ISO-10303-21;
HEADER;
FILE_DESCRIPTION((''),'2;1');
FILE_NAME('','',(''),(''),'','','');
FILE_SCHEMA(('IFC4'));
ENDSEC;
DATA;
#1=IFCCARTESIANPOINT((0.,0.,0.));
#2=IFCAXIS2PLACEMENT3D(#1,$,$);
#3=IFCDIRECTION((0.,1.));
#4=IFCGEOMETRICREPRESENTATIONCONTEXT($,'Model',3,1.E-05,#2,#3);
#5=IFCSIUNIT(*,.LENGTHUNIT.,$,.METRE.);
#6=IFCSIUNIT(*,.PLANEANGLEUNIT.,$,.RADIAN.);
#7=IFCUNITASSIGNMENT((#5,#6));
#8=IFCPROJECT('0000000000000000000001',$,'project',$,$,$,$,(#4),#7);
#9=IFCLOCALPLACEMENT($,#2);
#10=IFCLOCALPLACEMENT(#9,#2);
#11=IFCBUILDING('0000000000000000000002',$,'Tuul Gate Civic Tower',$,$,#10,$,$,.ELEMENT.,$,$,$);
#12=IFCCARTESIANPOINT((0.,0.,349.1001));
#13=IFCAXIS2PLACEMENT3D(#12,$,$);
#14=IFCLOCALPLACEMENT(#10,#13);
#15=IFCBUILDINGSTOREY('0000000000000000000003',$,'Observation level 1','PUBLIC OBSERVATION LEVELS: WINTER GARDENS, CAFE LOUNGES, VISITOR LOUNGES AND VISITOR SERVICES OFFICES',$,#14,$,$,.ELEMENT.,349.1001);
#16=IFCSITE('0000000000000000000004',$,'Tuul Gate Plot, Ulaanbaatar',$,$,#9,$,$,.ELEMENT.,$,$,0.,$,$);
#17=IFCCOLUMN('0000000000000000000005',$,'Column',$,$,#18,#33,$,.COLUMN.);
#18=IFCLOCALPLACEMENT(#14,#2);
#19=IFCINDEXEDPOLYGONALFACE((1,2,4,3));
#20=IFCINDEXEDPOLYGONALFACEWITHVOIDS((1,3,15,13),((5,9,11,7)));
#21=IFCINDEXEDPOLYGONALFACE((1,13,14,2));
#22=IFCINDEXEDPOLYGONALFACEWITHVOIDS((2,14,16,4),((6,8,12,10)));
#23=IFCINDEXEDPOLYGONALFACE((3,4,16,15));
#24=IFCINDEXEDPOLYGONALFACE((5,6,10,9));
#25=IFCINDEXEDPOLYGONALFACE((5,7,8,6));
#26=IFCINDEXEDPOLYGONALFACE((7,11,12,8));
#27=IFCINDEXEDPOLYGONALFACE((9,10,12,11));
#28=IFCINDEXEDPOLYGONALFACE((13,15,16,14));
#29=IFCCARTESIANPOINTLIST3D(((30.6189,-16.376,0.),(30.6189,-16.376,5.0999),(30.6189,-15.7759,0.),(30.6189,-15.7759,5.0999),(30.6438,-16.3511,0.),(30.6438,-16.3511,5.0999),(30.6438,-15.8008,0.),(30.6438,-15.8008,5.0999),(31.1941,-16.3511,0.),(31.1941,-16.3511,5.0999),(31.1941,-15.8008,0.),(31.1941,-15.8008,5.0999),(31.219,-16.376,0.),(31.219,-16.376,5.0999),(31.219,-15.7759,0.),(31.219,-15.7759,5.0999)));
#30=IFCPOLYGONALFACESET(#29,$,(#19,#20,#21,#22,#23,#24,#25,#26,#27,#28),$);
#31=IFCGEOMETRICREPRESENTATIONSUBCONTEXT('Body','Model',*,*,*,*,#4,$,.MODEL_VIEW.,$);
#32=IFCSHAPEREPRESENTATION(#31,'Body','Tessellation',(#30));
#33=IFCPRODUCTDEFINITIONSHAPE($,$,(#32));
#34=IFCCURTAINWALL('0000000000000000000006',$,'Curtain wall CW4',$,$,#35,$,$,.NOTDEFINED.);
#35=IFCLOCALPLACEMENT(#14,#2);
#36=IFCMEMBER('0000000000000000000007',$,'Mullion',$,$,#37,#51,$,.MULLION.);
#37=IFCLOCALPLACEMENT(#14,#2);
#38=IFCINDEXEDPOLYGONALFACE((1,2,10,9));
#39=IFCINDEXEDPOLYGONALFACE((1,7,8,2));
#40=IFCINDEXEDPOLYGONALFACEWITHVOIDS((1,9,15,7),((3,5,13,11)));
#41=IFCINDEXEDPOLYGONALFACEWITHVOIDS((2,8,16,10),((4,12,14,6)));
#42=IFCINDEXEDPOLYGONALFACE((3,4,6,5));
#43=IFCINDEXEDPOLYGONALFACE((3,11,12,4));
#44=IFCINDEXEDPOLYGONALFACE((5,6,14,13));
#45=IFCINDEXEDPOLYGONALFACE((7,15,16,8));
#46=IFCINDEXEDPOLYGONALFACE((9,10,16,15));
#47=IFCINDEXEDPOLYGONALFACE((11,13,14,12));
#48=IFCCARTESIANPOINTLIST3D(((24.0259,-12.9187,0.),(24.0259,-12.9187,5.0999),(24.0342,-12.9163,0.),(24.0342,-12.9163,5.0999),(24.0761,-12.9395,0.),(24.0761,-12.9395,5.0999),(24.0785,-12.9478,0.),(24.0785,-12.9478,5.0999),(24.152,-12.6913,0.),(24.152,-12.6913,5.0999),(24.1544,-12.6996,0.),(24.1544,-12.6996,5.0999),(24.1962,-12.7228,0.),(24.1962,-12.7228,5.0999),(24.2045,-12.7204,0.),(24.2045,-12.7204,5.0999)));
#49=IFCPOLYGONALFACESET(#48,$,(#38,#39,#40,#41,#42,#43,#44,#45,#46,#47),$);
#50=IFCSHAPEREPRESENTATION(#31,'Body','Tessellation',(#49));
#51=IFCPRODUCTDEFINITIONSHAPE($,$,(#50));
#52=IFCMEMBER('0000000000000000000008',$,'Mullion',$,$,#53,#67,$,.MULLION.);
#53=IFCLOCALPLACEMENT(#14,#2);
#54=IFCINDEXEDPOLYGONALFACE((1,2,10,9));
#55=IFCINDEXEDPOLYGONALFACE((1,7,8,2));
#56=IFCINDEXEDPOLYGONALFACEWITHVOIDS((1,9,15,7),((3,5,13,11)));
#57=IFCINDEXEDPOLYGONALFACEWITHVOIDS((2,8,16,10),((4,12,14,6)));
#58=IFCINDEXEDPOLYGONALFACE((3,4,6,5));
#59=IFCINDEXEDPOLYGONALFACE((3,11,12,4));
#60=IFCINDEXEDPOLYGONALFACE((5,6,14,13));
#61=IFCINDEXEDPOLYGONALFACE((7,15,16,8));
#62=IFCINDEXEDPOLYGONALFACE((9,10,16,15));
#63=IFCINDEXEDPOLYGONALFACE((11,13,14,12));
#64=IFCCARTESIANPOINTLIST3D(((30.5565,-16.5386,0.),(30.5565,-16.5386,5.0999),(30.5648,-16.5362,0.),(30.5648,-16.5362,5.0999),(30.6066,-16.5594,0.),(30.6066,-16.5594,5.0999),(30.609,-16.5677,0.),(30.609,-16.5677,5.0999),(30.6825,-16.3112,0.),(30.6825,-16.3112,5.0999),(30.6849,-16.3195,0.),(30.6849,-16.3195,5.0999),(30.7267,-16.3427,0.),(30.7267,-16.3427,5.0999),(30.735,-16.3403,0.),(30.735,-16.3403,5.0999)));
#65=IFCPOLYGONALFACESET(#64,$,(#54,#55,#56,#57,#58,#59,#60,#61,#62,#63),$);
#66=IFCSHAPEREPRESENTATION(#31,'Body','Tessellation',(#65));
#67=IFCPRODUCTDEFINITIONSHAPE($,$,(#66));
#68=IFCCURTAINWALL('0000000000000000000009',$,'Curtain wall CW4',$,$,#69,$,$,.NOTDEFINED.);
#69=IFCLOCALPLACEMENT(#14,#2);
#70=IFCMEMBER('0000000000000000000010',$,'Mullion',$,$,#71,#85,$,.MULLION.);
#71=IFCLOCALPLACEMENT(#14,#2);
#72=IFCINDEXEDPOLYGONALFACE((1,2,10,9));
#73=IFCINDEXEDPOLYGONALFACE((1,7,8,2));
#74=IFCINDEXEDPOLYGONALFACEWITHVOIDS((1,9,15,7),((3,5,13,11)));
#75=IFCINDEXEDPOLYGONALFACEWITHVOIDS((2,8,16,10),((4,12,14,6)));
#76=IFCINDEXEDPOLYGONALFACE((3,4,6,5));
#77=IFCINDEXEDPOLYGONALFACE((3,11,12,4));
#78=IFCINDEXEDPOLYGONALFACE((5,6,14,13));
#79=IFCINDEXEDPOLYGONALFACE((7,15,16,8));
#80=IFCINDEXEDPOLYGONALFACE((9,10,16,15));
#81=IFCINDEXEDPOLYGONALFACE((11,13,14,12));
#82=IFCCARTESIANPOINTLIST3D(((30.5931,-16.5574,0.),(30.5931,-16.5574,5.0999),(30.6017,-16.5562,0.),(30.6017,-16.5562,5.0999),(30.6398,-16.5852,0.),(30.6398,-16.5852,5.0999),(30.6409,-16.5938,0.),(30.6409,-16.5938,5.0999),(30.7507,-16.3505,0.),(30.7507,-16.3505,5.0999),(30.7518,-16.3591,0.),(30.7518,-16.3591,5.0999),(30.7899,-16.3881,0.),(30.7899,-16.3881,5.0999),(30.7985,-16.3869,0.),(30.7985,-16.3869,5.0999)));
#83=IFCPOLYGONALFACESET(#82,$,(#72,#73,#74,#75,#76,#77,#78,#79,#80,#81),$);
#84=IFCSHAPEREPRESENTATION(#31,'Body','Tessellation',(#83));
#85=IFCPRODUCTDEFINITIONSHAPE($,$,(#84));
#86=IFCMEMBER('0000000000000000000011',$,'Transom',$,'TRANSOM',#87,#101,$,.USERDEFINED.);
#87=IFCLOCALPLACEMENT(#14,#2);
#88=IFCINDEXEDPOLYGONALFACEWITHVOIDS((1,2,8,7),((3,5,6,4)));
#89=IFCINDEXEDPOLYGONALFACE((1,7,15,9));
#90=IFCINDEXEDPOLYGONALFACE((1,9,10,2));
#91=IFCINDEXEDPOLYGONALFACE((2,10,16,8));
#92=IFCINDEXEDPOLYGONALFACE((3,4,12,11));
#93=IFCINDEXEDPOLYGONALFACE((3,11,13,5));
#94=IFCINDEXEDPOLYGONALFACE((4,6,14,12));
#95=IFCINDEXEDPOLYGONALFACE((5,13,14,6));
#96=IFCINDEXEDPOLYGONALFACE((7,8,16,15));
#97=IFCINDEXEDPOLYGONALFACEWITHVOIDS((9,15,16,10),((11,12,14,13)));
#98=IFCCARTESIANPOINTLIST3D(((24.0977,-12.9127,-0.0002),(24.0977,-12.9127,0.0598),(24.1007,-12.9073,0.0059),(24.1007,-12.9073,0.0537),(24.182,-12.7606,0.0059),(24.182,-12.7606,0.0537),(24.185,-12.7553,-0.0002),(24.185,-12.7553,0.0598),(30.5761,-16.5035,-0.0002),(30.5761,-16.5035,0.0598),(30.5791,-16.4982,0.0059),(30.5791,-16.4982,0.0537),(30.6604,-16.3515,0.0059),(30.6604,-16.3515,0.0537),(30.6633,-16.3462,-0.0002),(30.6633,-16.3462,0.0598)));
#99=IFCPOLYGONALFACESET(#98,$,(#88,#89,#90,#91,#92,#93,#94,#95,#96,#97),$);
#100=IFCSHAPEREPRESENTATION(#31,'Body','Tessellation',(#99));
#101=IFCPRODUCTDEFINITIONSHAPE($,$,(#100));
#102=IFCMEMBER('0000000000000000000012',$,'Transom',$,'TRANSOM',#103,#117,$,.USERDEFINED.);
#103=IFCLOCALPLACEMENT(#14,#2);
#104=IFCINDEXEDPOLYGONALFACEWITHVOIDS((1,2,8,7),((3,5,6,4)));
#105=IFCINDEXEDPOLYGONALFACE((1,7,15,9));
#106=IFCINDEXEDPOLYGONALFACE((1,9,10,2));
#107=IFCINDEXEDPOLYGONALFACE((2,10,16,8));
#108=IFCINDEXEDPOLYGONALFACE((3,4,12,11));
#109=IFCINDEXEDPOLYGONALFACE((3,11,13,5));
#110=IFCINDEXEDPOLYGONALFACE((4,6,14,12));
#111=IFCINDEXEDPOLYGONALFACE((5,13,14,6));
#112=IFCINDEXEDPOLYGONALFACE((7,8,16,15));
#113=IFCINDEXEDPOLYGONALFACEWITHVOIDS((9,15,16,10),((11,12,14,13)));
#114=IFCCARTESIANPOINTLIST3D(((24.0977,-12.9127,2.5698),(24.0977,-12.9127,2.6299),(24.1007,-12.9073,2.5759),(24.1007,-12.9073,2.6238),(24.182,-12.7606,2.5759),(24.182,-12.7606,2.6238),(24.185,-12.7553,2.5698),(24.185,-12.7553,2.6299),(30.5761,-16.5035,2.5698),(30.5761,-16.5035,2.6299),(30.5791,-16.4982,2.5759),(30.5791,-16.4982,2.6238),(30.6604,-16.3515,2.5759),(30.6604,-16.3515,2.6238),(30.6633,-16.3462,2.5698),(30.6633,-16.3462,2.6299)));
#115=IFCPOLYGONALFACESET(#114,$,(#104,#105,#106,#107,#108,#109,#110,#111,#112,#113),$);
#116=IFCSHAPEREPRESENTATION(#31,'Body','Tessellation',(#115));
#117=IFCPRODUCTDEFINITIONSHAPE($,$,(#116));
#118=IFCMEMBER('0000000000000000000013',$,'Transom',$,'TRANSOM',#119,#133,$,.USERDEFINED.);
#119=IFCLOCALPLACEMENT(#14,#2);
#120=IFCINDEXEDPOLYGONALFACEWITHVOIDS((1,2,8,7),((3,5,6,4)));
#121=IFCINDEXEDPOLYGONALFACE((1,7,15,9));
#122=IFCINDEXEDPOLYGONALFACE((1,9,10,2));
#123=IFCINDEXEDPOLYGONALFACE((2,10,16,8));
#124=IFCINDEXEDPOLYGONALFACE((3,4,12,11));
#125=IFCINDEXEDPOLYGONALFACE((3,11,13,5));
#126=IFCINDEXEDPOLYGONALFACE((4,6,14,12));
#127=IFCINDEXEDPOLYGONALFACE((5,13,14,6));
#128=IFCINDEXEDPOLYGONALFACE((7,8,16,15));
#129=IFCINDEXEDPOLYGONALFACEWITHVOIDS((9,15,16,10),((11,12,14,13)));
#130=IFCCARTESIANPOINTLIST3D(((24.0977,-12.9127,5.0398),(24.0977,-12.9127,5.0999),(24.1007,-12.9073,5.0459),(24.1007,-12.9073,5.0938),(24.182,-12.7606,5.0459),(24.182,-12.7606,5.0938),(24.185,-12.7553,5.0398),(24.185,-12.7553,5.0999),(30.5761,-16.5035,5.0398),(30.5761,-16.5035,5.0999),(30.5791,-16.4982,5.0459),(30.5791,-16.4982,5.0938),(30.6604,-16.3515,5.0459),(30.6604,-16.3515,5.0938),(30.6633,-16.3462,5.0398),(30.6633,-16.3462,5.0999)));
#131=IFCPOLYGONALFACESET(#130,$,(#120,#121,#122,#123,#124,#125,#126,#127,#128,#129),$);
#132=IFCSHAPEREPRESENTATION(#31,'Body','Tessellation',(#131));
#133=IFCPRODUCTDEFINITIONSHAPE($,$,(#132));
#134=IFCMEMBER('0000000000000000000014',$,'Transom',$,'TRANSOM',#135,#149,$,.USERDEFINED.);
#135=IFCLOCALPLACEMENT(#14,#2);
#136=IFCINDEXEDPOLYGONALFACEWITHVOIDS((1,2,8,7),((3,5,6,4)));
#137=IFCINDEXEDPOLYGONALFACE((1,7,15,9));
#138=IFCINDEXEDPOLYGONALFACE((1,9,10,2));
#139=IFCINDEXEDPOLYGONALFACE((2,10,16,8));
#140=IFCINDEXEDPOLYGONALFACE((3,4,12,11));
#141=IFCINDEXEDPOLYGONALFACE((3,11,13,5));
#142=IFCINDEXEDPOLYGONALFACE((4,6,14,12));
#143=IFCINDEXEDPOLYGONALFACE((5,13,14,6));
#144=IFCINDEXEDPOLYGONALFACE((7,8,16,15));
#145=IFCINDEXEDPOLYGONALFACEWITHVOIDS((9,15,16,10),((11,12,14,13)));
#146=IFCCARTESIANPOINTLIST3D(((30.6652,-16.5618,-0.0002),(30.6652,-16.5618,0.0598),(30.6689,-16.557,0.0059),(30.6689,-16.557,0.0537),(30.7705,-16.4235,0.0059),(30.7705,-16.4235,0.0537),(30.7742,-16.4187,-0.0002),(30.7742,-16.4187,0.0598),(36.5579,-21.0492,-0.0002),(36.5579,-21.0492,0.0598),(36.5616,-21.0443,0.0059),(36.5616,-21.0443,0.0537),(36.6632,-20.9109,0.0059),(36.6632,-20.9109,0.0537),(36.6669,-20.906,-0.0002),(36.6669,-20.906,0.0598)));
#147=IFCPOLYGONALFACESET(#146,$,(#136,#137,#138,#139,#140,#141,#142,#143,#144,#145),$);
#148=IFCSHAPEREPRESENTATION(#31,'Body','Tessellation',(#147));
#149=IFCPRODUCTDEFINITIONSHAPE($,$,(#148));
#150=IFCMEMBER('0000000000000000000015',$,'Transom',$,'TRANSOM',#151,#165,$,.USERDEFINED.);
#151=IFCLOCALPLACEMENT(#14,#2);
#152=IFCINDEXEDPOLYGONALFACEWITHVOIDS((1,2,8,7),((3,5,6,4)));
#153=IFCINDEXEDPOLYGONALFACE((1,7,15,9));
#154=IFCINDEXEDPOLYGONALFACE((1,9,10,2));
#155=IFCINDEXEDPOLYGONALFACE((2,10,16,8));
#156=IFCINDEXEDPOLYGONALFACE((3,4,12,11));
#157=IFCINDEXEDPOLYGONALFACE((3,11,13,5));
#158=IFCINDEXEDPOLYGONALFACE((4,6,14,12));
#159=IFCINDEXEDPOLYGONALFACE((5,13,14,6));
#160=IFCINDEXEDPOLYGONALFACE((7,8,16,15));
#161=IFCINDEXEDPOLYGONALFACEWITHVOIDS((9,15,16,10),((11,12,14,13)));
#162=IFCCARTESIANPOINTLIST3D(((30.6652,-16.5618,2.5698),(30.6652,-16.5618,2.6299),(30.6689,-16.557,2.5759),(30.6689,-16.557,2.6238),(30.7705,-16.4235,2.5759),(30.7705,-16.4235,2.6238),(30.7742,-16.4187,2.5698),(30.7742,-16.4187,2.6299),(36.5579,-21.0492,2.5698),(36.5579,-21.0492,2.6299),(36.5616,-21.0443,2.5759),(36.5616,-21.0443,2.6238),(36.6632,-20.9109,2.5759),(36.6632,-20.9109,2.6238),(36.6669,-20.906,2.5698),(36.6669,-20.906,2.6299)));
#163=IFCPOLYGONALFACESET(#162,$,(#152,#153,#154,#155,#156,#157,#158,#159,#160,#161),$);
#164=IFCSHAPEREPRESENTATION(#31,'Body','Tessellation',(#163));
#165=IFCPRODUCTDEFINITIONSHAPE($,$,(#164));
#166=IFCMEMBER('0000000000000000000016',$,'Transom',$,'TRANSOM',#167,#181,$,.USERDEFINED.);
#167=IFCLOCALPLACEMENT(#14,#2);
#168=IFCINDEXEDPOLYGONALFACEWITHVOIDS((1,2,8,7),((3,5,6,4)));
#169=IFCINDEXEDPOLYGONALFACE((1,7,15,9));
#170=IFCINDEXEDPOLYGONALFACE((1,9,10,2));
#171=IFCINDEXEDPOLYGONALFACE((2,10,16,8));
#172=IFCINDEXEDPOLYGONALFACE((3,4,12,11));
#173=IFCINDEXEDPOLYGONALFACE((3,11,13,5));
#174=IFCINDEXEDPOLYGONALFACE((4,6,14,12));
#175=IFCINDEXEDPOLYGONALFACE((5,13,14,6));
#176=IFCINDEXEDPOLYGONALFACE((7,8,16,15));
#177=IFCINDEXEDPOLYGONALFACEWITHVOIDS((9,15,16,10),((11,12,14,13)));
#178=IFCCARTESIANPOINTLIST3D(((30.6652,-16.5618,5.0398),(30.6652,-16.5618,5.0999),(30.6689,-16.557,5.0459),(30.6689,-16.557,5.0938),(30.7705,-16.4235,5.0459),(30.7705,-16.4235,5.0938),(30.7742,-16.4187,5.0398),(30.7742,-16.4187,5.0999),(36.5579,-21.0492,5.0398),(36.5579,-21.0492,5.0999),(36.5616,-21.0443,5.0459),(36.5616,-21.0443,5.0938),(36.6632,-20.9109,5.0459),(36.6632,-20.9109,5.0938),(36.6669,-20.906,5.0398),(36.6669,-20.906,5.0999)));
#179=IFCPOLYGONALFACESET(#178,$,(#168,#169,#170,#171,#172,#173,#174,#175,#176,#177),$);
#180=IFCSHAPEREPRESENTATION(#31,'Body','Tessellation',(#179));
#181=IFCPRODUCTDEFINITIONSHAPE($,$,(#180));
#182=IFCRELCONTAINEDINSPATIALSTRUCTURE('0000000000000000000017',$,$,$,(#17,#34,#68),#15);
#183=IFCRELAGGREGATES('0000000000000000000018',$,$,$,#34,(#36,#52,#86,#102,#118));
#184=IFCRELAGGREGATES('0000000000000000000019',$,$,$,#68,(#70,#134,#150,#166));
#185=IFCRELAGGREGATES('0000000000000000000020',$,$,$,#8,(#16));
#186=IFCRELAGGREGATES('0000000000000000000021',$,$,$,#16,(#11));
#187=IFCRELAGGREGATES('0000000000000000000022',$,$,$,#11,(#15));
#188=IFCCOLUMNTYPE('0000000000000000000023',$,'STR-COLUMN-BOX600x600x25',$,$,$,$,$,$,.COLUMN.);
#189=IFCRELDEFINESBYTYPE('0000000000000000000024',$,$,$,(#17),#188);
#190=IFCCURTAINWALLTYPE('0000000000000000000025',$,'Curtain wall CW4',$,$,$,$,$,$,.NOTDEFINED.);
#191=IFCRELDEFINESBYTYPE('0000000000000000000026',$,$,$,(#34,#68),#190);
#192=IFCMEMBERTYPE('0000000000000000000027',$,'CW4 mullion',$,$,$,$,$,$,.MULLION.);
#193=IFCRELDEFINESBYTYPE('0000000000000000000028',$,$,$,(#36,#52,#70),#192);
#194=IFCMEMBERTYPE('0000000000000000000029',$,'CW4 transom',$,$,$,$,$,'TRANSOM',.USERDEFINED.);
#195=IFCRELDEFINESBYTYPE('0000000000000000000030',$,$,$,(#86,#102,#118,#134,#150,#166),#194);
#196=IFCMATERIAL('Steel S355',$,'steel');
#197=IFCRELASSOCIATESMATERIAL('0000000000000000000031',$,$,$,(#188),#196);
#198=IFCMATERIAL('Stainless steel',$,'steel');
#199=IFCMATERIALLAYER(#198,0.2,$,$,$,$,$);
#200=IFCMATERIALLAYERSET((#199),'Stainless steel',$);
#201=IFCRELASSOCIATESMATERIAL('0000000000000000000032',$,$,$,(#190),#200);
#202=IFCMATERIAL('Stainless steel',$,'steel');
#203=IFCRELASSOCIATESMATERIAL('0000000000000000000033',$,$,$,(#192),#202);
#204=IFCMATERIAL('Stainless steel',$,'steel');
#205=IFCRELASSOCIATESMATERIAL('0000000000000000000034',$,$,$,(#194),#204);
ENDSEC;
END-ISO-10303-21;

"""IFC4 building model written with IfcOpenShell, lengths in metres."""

from ifc_helpers import new_model, si_unit, direction, frame, origin, origin_2d, place, context, subcontext, project, spatial, hollow_rectangle, extrude, material, layer, layer_set, material_profile, profile_set, type_object, element, aggregate, save


model = new_model("IFC4")

# Units and contexts
model_context = context("Model", 3, precision=1e-05, world=origin(), true_north=direction((0.0, 1.0)))
body_context = subcontext(model_context, "Body", "Model", "MODEL_VIEW")
ifc_project = project(units=[si_unit("LENGTHUNIT", "METRE"), si_unit("PLANEANGLEUNIT", "RADIAN")], contexts=[model_context])

# Site, building, storey
site_placement = place(None, origin())
site = spatial("IfcSite", under=ifc_project, at=site_placement, Name="Tuul Gate Plot, Ulaanbaatar", CompositionType="ELEMENT", RefElevation=0.0)
building_placement = place(site_placement, origin())
building = spatial("IfcBuilding", under=site, at=building_placement, Name="Tuul Gate Civic Tower", CompositionType="ELEMENT")
storey_placement = place(building_placement, frame((0.0, 0.0, 349.1001)))
storey = spatial("IfcBuildingStorey", under=building, at=storey_placement, Name="Observation level 1", Description="PUBLIC OBSERVATION LEVELS: WINTER GARDENS, CAFE LOUNGES, VISITOR LOUNGES AND VISITOR SERVICES OFFICES", CompositionType="ELEMENT", Elevation=349.1001)

# Column
ifc_material_1 = material(Name="Steel S355", Category="steel")
ifc_material_profile_1 = material_profile(ifc_material_1, hollow_rectangle(XDim=0.6001, YDim=0.6001, WallThickness=0.0249, at=origin_2d()), Name="BOX600x600x25")
ifc_profile_set_1 = profile_set([ifc_material_profile_1], Name="Steel S355")
column_type = type_object("IfcColumnType", Name="STR-COLUMN-BOX600x600x25", PredefinedType="COLUMN", material=ifc_profile_set_1)
column_placement = place(storey_placement, frame((30.9189, -16.0759, 0.0), z_axis=(0.0, 0.0, 1.0), x_axis=(1.0, 0.0, 0.0)))
element("IfcColumn", 1, at=column_placement, inside=storey, type_object=column_type, Name="Column", PredefinedType="COLUMN", context=body_context, shape_type="SweptSolid", body=[
    extrude(hollow_rectangle(XDim=0.6001, YDim=0.6001, WallThickness=0.0249, at=origin_2d()), origin(), (0.0, 0.0, 1.0), 5.0999),
])

# Curtain wall, members
ifc_material_2 = material(Name="Stainless steel", Category="steel")
ifc_layer_1 = layer(ifc_material_2, 0.2)
ifc_layer_set_1 = layer_set([ifc_layer_1], Name="Stainless steel")
curtain_wall_type = type_object("IfcCurtainWallType", Name="Curtain wall CW4", PredefinedType="NOTDEFINED", material=ifc_layer_set_1)
curtain_wall_1_placement = place(storey_placement, origin())
curtain_wall_1 = element("IfcCurtainWall", 2, at=curtain_wall_1_placement, inside=storey, type_object=curtain_wall_type, Name="Curtain wall CW4", PredefinedType="NOTDEFINED")
ifc_material_3 = material(Name="Stainless steel", Category="steel")
ifc_material_profile_2 = material_profile(ifc_material_3, hollow_rectangle(XDim=0.26, YDim=0.0601, WallThickness=0.0061, at=origin_2d()), Name="CW4 mullion")
ifc_profile_set_2 = profile_set([ifc_material_profile_2], Name="Stainless steel")
member_type_1 = type_object("IfcMemberType", Name="CW4 mullion", PredefinedType="MULLION", material=ifc_profile_set_2)
member_1_placement = place(storey_placement, frame((24.1152, -12.8196, 0.0), z_axis=(0.0, 0.0, 1.0), x_axis=(0.484808, 0.874621, 0.0)))
member_1 = element("IfcMember", 3, at=member_1_placement, type_object=member_type_1, Name="Mullion", PredefinedType="MULLION", context=body_context, shape_type="SweptSolid", body=[
    extrude(hollow_rectangle(XDim=0.26, YDim=0.0601, WallThickness=0.0061, at=origin_2d()), origin(), (0.0, 0.0, 1.0), 5.0999),
])
member_2_placement = place(storey_placement, frame((30.6458, -16.4395, 0.0), z_axis=(0.0, 0.0, 1.0), x_axis=(0.484808, 0.874621, 0.0)))
member_2 = element("IfcMember", 4, at=member_2_placement, type_object=member_type_1, Name="Mullion", PredefinedType="MULLION", context=body_context, shape_type="SweptSolid", body=[
    extrude(hollow_rectangle(XDim=0.26, YDim=0.0601, WallThickness=0.0061, at=origin_2d()), origin(), (0.0, 0.0, 1.0), 5.0999),
])

# Curtain wall, member
curtain_wall_2_placement = place(storey_placement, origin())
curtain_wall_2 = element("IfcCurtainWall", 5, at=curtain_wall_2_placement, inside=storey, type_object=curtain_wall_type, Name="Curtain wall CW4", PredefinedType="NOTDEFINED")
member_3_placement = place(storey_placement, frame((30.6958, -16.4722, 0.0), z_axis=(0.0, 0.0, 1.0), x_axis=(0.605851, 0.795578, 0.0)))
member_3 = element("IfcMember", 6, at=member_3_placement, type_object=member_type_1, Name="Mullion", PredefinedType="MULLION", context=body_context, shape_type="SweptSolid", body=[
    extrude(hollow_rectangle(XDim=0.26, YDim=0.0601, WallThickness=0.0061, at=origin_2d()), origin(), (0.0, 0.0, 1.0), 5.0999),
])

# Members
ifc_material_4 = material(Name="Stainless steel", Category="steel")
ifc_material_profile_3 = material_profile(ifc_material_4, hollow_rectangle(XDim=0.1799, YDim=0.0601, WallThickness=0.0061, at=origin_2d()), Name="CW4 transom")
ifc_profile_set_3 = profile_set([ifc_material_profile_3], Name="Stainless steel")
member_type_2 = type_object("IfcMemberType", Name="CW4 transom", ElementType="TRANSOM", PredefinedType="USERDEFINED", material=ifc_profile_set_3)
member_4_placement = place(storey_placement, frame((24.1414, -12.834, 0.0298), z_axis=(0.874628, -0.484795, 0.0), x_axis=(0.484795, 0.874628, 0.0)))
member_4 = element("IfcMember", 7, at=member_4_placement, type_object=member_type_2, Name="Transom", ObjectType="TRANSOM", PredefinedType="USERDEFINED", context=body_context, shape_type="SweptSolid", body=[
    extrude(hollow_rectangle(XDim=0.1799, YDim=0.0601, WallThickness=0.0061, at=origin_2d()), origin(), (0.0, 0.0, 1.0), 7.407),
])
member_5_placement = place(storey_placement, frame((24.1414, -12.834, 2.5999), z_axis=(0.874628, -0.484795, 0.0), x_axis=(0.484795, 0.874628, 0.0)))
member_5 = element("IfcMember", 8, at=member_5_placement, type_object=member_type_2, Name="Transom", ObjectType="TRANSOM", PredefinedType="USERDEFINED", context=body_context, shape_type="SweptSolid", body=[
    extrude(hollow_rectangle(XDim=0.1799, YDim=0.0601, WallThickness=0.0061, at=origin_2d()), origin(), (0.0, 0.0, 1.0), 7.407),
])
member_6_placement = place(storey_placement, frame((24.1414, -12.834, 5.0698), z_axis=(0.874628, -0.484795, 0.0), x_axis=(0.484795, 0.874628, 0.0)))
member_6 = element("IfcMember", 9, at=member_6_placement, type_object=member_type_2, Name="Transom", ObjectType="TRANSOM", PredefinedType="USERDEFINED", context=body_context, shape_type="SweptSolid", body=[
    extrude(hollow_rectangle(XDim=0.1799, YDim=0.0601, WallThickness=0.0061, at=origin_2d()), origin(), (0.0, 0.0, 1.0), 7.407),
])
member_7_placement = place(storey_placement, frame((30.7197, -16.4902, 0.0298), z_axis=(0.79558, -0.605849, 0.0), x_axis=(0.605849, 0.79558, 0.0)))
member_7 = element("IfcMember", 10, at=member_7_placement, type_object=member_type_2, Name="Transom", ObjectType="TRANSOM", PredefinedType="USERDEFINED", context=body_context, shape_type="SweptSolid", body=[
    extrude(hollow_rectangle(XDim=0.1799, YDim=0.0601, WallThickness=0.0061, at=origin_2d()), origin(), (0.0, 0.0, 1.0), 7.4067),
])
member_8_placement = place(storey_placement, frame((30.7197, -16.4902, 2.5999), z_axis=(0.79558, -0.605849, 0.0), x_axis=(0.605849, 0.79558, 0.0)))
member_8 = element("IfcMember", 11, at=member_8_placement, type_object=member_type_2, Name="Transom", ObjectType="TRANSOM", PredefinedType="USERDEFINED", context=body_context, shape_type="SweptSolid", body=[
    extrude(hollow_rectangle(XDim=0.1799, YDim=0.0601, WallThickness=0.0061, at=origin_2d()), origin(), (0.0, 0.0, 1.0), 7.4067),
])
member_9_placement = place(storey_placement, frame((30.7197, -16.4902, 5.0698), z_axis=(0.79558, -0.605849, 0.0), x_axis=(0.605849, 0.79558, 0.0)))
member_9 = element("IfcMember", 12, at=member_9_placement, type_object=member_type_2, Name="Transom", ObjectType="TRANSOM", PredefinedType="USERDEFINED", context=body_context, shape_type="SweptSolid", body=[
    extrude(hollow_rectangle(XDim=0.1799, YDim=0.0601, WallThickness=0.0061, at=origin_2d()), origin(), (0.0, 0.0, 1.0), 7.4067),
])

aggregate(curtain_wall_1, [member_1, member_2, member_4, member_5, member_6])
aggregate(curtain_wall_2, [member_3, member_7, member_8, member_9])

save(model, "model.ifc")
